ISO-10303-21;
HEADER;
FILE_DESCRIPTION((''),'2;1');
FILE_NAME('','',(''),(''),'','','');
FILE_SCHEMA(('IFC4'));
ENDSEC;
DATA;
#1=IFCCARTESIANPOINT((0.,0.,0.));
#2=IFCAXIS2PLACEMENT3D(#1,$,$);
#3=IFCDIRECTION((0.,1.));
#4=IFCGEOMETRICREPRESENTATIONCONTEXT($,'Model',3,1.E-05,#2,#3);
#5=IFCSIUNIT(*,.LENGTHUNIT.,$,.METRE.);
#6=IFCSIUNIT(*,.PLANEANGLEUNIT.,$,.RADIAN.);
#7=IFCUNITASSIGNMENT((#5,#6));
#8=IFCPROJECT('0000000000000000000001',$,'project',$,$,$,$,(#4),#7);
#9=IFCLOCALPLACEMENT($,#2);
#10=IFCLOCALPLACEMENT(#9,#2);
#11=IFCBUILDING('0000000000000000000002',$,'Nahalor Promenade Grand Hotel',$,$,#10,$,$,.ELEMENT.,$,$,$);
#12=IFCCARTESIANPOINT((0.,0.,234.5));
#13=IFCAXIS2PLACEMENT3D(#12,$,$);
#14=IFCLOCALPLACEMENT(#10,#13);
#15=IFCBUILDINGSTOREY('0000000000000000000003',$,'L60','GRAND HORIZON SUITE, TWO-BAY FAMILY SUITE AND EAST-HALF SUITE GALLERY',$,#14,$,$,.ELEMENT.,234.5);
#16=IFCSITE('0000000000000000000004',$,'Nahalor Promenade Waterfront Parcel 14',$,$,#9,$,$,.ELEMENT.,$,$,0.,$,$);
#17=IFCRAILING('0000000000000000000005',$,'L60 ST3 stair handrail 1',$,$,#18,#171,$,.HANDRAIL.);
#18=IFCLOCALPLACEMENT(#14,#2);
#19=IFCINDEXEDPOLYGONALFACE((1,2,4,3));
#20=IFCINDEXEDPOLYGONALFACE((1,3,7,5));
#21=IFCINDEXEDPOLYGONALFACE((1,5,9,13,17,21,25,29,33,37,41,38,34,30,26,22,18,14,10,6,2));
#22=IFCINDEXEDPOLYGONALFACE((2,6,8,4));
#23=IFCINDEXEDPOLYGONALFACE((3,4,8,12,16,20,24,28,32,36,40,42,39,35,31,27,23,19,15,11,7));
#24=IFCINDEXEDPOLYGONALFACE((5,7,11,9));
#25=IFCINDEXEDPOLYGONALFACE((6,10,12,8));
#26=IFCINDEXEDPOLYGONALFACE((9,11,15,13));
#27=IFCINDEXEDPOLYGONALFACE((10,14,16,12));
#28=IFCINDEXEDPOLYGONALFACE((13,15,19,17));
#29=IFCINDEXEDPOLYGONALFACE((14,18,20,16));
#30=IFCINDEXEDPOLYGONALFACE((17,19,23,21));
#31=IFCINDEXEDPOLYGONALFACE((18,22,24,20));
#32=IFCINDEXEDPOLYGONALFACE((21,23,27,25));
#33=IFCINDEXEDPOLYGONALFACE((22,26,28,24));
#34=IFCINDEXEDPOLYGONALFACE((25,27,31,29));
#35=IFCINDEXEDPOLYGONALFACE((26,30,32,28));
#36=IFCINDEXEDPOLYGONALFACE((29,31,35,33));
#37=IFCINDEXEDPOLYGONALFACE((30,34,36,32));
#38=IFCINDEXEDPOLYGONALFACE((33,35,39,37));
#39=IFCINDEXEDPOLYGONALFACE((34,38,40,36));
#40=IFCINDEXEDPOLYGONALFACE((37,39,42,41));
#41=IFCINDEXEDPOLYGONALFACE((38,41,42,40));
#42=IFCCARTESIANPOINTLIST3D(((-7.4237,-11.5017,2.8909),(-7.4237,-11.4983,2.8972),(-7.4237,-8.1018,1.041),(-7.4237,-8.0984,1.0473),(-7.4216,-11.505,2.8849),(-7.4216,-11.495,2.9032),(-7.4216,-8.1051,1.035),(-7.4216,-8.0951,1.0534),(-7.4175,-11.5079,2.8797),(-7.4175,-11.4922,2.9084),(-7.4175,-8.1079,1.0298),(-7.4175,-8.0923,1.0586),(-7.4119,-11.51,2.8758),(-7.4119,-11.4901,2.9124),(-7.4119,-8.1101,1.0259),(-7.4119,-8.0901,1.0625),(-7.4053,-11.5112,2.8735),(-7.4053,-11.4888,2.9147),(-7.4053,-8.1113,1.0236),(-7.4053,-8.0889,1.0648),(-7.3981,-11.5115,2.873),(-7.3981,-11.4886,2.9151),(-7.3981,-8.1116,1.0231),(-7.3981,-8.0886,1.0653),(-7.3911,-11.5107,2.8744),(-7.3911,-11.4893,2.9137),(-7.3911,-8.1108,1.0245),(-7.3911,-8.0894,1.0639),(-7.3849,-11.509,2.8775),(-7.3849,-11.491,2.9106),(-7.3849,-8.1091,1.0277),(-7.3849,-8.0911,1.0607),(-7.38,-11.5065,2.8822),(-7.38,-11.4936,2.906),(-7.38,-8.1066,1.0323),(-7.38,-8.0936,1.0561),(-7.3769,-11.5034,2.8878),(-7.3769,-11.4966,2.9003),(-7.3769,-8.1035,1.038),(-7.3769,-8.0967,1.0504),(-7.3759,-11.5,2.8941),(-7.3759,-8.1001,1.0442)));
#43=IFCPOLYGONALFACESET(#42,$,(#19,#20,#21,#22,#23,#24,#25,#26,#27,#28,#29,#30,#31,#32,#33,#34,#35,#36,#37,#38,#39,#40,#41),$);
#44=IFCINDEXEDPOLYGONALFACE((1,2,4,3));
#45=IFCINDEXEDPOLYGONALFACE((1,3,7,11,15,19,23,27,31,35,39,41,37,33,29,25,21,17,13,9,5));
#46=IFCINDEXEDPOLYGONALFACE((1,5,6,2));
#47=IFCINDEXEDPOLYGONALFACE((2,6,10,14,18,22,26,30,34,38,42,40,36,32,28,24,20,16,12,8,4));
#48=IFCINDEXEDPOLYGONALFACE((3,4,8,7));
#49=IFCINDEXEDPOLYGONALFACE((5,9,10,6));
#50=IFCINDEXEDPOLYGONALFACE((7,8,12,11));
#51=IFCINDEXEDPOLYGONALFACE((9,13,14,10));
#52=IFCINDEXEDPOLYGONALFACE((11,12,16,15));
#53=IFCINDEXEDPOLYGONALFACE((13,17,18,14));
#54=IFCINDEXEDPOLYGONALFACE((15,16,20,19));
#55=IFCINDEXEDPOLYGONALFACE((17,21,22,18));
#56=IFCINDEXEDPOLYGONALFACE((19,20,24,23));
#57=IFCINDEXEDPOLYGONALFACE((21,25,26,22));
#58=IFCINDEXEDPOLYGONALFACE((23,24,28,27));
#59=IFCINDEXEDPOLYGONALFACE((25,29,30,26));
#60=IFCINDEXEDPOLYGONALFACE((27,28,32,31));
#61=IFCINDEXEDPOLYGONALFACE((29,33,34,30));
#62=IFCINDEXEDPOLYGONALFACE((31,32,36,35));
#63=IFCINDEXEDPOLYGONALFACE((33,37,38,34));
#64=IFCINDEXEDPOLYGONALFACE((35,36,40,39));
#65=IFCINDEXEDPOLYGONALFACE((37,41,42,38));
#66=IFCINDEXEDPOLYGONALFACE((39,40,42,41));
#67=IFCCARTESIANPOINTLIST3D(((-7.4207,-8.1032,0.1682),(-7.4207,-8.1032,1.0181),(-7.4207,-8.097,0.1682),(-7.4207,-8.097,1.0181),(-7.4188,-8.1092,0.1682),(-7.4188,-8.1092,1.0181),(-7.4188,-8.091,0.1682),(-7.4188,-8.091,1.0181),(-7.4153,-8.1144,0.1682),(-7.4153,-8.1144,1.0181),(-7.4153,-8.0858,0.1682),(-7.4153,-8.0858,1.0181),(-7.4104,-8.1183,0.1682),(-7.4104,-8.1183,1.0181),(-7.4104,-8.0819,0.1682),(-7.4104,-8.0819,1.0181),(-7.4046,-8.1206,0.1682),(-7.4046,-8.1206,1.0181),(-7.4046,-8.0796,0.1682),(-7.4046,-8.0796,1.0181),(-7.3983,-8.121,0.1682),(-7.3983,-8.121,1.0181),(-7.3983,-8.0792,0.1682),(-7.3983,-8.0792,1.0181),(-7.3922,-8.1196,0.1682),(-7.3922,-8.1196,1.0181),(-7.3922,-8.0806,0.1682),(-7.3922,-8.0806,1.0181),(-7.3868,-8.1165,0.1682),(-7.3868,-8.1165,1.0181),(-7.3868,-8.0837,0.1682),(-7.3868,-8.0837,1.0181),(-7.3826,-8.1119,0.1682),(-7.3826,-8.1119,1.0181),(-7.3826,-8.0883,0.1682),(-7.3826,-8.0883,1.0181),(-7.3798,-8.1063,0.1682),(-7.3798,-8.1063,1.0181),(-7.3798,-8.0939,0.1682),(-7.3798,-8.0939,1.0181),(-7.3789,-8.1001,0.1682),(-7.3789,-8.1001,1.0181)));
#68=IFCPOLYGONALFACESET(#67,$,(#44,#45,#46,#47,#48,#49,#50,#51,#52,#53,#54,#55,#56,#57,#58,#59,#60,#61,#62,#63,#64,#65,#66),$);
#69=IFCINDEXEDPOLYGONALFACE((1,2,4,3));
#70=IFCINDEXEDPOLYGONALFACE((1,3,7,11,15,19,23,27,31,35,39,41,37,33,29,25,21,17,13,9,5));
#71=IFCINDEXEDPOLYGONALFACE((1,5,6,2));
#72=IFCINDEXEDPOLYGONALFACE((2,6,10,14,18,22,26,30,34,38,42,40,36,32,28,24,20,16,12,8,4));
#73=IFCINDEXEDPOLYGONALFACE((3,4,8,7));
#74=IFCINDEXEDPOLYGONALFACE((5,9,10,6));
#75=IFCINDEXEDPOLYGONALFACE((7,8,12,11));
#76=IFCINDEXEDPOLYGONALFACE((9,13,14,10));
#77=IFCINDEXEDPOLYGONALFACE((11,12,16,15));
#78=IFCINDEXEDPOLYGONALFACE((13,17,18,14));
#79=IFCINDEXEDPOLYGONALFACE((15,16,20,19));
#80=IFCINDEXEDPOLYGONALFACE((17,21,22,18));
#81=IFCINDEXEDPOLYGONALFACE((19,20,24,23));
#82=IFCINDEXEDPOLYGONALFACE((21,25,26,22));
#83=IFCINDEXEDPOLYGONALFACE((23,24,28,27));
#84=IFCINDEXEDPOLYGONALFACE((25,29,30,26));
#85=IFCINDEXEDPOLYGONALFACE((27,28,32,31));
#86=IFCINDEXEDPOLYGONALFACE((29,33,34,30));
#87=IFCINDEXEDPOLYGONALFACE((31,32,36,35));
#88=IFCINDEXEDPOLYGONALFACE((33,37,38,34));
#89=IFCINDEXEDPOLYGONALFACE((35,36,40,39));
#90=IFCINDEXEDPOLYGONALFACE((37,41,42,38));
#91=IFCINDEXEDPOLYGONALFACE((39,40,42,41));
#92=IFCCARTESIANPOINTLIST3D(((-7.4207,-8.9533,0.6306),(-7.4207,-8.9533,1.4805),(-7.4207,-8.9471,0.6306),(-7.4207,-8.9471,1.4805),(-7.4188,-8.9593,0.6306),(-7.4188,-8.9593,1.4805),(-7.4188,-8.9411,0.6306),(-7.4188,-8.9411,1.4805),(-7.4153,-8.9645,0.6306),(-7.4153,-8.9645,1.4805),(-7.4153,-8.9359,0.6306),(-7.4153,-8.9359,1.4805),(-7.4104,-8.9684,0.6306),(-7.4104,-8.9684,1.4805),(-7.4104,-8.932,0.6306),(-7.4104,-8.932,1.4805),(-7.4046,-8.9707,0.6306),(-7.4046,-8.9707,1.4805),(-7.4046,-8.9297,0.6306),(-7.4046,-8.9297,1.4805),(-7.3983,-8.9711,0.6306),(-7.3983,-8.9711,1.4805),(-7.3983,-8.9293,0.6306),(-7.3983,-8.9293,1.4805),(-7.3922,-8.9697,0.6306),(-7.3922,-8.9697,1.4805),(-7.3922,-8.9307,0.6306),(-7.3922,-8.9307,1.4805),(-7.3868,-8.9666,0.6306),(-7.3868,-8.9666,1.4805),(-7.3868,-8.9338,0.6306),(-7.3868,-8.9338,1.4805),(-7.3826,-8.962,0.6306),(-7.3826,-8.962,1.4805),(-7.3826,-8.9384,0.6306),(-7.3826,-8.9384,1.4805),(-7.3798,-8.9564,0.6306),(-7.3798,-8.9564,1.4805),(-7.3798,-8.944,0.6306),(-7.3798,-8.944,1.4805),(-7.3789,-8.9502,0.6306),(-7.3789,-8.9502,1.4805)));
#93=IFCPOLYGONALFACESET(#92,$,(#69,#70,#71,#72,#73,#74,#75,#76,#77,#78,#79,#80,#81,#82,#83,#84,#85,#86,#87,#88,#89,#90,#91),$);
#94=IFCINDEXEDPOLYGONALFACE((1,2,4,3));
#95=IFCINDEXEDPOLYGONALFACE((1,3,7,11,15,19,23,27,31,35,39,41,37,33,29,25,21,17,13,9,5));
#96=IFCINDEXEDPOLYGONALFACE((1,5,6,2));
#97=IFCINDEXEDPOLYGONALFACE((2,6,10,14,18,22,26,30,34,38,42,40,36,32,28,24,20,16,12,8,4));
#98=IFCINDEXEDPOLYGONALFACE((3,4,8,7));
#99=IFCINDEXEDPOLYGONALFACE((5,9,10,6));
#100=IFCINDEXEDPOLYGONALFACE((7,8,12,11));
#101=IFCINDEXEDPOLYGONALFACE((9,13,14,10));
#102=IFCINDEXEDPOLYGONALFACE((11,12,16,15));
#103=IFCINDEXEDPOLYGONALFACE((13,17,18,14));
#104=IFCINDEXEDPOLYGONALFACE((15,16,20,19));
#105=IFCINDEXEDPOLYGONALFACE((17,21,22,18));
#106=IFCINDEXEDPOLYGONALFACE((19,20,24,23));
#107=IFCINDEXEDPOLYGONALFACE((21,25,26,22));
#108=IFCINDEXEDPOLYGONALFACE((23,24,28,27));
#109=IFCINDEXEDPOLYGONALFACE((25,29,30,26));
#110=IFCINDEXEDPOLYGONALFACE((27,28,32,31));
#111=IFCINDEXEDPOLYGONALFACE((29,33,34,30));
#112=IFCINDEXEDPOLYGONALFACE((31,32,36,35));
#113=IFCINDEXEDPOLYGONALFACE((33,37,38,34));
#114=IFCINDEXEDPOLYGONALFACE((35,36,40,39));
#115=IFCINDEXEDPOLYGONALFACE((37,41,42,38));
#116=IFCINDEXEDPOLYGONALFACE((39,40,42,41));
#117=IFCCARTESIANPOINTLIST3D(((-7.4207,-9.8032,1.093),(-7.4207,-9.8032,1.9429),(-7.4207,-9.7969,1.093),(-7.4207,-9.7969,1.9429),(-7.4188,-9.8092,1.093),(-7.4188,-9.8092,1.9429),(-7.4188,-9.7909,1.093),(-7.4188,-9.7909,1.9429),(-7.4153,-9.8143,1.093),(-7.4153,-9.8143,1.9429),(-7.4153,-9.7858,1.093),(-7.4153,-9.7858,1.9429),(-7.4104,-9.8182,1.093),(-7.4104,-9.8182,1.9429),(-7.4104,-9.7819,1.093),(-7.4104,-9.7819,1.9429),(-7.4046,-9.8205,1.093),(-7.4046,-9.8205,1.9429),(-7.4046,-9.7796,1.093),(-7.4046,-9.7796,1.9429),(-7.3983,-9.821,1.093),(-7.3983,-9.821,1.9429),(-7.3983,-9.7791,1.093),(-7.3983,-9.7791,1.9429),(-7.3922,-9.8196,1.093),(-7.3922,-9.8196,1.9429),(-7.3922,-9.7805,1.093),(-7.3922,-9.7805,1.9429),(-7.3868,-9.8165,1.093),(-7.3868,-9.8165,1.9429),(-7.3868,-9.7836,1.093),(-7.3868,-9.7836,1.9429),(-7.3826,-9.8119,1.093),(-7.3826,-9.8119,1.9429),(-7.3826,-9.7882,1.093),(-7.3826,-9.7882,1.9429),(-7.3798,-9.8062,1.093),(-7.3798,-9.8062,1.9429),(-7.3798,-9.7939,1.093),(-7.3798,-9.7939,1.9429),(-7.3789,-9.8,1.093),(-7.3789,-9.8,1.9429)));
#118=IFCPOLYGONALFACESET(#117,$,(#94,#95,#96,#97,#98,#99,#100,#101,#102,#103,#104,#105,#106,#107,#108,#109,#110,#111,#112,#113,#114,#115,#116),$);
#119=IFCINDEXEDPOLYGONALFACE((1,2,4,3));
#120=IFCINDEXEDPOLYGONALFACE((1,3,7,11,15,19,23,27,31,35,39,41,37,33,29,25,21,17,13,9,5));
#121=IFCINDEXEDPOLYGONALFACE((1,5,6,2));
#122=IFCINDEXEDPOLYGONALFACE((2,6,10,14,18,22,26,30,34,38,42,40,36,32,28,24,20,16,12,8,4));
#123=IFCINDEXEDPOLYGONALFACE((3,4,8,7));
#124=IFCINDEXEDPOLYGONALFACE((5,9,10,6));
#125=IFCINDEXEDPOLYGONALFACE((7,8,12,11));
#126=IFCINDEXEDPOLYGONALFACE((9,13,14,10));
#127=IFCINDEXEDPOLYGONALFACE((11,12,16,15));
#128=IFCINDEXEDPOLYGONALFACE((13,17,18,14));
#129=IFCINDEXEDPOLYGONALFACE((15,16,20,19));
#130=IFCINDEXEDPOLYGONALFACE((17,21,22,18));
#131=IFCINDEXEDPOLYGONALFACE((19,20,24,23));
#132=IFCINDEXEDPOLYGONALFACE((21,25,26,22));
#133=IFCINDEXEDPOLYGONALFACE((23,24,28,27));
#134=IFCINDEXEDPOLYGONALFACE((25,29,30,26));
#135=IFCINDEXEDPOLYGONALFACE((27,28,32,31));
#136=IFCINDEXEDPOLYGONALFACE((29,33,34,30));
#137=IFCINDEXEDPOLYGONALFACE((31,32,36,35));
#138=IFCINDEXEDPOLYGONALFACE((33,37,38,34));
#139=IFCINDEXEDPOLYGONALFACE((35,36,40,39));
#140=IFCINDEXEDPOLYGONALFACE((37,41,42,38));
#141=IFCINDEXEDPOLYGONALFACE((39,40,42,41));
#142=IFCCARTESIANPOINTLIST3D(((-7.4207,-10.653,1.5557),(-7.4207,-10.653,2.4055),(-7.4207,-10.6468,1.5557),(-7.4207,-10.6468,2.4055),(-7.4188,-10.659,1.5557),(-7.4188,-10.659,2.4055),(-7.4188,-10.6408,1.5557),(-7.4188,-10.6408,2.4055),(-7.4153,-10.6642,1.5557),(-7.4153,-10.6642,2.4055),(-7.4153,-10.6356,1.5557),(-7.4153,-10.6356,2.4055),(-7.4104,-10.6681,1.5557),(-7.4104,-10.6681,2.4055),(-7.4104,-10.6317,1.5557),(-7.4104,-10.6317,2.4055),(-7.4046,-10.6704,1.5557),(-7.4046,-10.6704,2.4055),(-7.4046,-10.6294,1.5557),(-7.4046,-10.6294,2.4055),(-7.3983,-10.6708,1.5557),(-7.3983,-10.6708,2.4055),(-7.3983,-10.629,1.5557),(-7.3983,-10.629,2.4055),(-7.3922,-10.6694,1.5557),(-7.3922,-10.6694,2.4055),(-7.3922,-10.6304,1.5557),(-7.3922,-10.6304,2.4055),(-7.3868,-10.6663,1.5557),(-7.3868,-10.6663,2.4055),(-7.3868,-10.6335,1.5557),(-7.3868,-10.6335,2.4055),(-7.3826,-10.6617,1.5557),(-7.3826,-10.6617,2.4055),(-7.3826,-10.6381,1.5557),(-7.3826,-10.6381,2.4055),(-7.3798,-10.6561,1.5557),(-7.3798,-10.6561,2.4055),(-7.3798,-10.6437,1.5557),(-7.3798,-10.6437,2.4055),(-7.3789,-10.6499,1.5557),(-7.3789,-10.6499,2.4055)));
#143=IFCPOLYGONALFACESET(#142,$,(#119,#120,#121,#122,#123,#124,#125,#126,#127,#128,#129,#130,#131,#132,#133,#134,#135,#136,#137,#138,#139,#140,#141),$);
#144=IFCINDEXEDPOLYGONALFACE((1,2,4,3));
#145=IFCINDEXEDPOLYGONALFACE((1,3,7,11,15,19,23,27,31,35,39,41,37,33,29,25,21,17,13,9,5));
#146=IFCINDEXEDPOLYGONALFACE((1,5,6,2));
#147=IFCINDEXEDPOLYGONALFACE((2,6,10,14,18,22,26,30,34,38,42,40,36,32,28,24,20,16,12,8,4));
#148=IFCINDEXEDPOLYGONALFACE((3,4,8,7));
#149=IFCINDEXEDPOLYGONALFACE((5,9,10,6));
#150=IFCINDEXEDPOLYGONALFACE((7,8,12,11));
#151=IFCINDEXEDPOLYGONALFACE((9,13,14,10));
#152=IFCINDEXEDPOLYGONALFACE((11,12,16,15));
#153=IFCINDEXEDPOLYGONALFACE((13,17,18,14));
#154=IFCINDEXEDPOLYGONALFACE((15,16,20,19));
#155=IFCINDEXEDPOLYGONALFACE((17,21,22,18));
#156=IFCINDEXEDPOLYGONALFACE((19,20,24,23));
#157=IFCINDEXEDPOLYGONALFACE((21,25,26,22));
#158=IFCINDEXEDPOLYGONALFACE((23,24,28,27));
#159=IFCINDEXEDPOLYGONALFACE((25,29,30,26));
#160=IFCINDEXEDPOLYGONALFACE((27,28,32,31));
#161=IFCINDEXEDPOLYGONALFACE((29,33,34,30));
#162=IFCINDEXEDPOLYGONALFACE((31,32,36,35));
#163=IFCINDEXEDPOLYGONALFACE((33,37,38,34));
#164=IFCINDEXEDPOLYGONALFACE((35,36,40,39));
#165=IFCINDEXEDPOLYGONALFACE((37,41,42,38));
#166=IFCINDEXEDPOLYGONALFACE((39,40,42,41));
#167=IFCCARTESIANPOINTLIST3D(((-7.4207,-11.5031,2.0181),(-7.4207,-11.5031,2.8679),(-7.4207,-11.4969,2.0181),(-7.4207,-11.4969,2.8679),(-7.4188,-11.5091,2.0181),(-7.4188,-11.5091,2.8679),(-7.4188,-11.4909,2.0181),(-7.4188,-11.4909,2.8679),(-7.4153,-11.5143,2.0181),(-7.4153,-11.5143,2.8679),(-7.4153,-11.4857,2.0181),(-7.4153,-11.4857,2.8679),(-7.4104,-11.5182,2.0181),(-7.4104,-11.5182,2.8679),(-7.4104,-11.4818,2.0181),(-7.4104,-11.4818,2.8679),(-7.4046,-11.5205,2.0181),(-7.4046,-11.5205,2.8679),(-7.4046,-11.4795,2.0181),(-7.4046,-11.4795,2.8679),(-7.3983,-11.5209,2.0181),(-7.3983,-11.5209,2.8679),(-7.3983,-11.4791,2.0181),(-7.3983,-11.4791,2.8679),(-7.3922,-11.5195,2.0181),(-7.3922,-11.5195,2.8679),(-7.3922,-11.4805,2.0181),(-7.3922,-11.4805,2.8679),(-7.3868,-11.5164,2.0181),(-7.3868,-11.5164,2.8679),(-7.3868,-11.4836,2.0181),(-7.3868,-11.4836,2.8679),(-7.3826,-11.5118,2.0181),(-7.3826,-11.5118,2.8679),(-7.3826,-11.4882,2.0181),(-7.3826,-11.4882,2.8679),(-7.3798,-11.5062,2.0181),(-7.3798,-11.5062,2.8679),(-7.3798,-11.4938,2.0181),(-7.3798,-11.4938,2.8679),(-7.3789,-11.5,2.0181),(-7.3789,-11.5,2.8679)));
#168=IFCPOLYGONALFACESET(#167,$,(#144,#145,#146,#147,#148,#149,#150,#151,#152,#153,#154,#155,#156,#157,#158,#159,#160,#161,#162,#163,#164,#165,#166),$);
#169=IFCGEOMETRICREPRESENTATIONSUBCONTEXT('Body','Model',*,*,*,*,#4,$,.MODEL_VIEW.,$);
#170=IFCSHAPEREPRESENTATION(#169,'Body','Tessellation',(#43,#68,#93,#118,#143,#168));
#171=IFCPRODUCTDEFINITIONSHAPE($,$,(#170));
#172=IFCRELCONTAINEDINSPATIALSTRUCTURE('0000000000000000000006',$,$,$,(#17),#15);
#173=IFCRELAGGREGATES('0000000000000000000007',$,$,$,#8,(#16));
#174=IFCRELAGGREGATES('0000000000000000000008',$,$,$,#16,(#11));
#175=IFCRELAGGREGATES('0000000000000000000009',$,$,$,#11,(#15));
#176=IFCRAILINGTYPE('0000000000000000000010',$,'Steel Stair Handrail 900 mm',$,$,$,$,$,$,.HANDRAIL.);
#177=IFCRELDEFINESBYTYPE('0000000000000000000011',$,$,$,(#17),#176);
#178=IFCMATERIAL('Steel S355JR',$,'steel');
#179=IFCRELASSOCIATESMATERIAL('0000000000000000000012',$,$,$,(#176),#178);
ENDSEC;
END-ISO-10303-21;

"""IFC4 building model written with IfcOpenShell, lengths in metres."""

from ifc_helpers import new_model, si_unit, direction, frame, origin, origin_2d, place, context, subcontext, project, spatial, circle, extrude, material, type_object, element, save


model = new_model("IFC4")

# Units and contexts
model_context = context("Model", 3, precision=1e-05, world=origin(), true_north=direction((0.0, 1.0)))
body_context = subcontext(model_context, "Body", "Model", "MODEL_VIEW")
ifc_project = project(units=[si_unit("LENGTHUNIT", "METRE"), si_unit("PLANEANGLEUNIT", "RADIAN")], contexts=[model_context])

# Site, building, storey
site_placement = place(None, origin())
site = spatial("IfcSite", under=ifc_project, at=site_placement, Name="Nahalor Promenade Waterfront Parcel 14", CompositionType="ELEMENT", RefElevation=0.0)
building_placement = place(site_placement, origin())
building = spatial("IfcBuilding", under=site, at=building_placement, Name="Nahalor Promenade Grand Hotel", CompositionType="ELEMENT")
storey_placement = place(building_placement, frame((0.0, 0.0, 234.5)))
storey = spatial("IfcBuildingStorey", under=building, at=storey_placement, Name="L60", Description="GRAND HORIZON SUITE, TWO-BAY FAMILY SUITE AND EAST-HALF SUITE GALLERY", CompositionType="ELEMENT", Elevation=234.5)

# Shared definitions
ifc_material_1 = material(Name="Steel S355JR", Category="steel")

# Railing
railing_type_1 = type_object("IfcRailingType", Name="Steel Stair Handrail 900 mm", PredefinedType="HANDRAIL", material=ifc_material_1)
for number, where, name in (
    (1, (-7.3999, -8.1001, 0.1682), "L60 ST3 stair handrail 1"),
):
    element("IfcRailing", number, at=place(storey_placement, frame(where)), inside=storey, type_object=railing_type_1, Name=name, PredefinedType="HANDRAIL", context=body_context, shape_type="SweptSolid", body=[
        extrude(circle(Radius=0.024, at=origin_2d()), frame((0.0, 0.0, 0.876), z_axis=(0.0, -0.878399, 0.477928), x_axis=(1.0, 0.0, 0.0)), (0.0, 0.0, 1.0), 3.8706),
        extrude(circle(Radius=0.021, at=origin_2d()), origin(), (0.0, 0.0, 1.0), 0.8499),
        extrude(circle(Radius=0.021, at=origin_2d()), frame((0.0, -0.8501, 0.4624)), (0.0, 0.0, 1.0), 0.8499),
        extrude(circle(Radius=0.021, at=origin_2d()), frame((0.0, -1.7, 0.9248)), (0.0, 0.0, 1.0), 0.8499),
        extrude(circle(Radius=0.021, at=origin_2d()), frame((0.0, -2.5498, 1.3875)), (0.0, 0.0, 1.0), 0.8499),
        extrude(circle(Radius=0.021, at=origin_2d()), frame((0.0, -3.3999, 1.8499)), (0.0, 0.0, 1.0), 0.8499),
    ])

save(model, "model.ifc")
